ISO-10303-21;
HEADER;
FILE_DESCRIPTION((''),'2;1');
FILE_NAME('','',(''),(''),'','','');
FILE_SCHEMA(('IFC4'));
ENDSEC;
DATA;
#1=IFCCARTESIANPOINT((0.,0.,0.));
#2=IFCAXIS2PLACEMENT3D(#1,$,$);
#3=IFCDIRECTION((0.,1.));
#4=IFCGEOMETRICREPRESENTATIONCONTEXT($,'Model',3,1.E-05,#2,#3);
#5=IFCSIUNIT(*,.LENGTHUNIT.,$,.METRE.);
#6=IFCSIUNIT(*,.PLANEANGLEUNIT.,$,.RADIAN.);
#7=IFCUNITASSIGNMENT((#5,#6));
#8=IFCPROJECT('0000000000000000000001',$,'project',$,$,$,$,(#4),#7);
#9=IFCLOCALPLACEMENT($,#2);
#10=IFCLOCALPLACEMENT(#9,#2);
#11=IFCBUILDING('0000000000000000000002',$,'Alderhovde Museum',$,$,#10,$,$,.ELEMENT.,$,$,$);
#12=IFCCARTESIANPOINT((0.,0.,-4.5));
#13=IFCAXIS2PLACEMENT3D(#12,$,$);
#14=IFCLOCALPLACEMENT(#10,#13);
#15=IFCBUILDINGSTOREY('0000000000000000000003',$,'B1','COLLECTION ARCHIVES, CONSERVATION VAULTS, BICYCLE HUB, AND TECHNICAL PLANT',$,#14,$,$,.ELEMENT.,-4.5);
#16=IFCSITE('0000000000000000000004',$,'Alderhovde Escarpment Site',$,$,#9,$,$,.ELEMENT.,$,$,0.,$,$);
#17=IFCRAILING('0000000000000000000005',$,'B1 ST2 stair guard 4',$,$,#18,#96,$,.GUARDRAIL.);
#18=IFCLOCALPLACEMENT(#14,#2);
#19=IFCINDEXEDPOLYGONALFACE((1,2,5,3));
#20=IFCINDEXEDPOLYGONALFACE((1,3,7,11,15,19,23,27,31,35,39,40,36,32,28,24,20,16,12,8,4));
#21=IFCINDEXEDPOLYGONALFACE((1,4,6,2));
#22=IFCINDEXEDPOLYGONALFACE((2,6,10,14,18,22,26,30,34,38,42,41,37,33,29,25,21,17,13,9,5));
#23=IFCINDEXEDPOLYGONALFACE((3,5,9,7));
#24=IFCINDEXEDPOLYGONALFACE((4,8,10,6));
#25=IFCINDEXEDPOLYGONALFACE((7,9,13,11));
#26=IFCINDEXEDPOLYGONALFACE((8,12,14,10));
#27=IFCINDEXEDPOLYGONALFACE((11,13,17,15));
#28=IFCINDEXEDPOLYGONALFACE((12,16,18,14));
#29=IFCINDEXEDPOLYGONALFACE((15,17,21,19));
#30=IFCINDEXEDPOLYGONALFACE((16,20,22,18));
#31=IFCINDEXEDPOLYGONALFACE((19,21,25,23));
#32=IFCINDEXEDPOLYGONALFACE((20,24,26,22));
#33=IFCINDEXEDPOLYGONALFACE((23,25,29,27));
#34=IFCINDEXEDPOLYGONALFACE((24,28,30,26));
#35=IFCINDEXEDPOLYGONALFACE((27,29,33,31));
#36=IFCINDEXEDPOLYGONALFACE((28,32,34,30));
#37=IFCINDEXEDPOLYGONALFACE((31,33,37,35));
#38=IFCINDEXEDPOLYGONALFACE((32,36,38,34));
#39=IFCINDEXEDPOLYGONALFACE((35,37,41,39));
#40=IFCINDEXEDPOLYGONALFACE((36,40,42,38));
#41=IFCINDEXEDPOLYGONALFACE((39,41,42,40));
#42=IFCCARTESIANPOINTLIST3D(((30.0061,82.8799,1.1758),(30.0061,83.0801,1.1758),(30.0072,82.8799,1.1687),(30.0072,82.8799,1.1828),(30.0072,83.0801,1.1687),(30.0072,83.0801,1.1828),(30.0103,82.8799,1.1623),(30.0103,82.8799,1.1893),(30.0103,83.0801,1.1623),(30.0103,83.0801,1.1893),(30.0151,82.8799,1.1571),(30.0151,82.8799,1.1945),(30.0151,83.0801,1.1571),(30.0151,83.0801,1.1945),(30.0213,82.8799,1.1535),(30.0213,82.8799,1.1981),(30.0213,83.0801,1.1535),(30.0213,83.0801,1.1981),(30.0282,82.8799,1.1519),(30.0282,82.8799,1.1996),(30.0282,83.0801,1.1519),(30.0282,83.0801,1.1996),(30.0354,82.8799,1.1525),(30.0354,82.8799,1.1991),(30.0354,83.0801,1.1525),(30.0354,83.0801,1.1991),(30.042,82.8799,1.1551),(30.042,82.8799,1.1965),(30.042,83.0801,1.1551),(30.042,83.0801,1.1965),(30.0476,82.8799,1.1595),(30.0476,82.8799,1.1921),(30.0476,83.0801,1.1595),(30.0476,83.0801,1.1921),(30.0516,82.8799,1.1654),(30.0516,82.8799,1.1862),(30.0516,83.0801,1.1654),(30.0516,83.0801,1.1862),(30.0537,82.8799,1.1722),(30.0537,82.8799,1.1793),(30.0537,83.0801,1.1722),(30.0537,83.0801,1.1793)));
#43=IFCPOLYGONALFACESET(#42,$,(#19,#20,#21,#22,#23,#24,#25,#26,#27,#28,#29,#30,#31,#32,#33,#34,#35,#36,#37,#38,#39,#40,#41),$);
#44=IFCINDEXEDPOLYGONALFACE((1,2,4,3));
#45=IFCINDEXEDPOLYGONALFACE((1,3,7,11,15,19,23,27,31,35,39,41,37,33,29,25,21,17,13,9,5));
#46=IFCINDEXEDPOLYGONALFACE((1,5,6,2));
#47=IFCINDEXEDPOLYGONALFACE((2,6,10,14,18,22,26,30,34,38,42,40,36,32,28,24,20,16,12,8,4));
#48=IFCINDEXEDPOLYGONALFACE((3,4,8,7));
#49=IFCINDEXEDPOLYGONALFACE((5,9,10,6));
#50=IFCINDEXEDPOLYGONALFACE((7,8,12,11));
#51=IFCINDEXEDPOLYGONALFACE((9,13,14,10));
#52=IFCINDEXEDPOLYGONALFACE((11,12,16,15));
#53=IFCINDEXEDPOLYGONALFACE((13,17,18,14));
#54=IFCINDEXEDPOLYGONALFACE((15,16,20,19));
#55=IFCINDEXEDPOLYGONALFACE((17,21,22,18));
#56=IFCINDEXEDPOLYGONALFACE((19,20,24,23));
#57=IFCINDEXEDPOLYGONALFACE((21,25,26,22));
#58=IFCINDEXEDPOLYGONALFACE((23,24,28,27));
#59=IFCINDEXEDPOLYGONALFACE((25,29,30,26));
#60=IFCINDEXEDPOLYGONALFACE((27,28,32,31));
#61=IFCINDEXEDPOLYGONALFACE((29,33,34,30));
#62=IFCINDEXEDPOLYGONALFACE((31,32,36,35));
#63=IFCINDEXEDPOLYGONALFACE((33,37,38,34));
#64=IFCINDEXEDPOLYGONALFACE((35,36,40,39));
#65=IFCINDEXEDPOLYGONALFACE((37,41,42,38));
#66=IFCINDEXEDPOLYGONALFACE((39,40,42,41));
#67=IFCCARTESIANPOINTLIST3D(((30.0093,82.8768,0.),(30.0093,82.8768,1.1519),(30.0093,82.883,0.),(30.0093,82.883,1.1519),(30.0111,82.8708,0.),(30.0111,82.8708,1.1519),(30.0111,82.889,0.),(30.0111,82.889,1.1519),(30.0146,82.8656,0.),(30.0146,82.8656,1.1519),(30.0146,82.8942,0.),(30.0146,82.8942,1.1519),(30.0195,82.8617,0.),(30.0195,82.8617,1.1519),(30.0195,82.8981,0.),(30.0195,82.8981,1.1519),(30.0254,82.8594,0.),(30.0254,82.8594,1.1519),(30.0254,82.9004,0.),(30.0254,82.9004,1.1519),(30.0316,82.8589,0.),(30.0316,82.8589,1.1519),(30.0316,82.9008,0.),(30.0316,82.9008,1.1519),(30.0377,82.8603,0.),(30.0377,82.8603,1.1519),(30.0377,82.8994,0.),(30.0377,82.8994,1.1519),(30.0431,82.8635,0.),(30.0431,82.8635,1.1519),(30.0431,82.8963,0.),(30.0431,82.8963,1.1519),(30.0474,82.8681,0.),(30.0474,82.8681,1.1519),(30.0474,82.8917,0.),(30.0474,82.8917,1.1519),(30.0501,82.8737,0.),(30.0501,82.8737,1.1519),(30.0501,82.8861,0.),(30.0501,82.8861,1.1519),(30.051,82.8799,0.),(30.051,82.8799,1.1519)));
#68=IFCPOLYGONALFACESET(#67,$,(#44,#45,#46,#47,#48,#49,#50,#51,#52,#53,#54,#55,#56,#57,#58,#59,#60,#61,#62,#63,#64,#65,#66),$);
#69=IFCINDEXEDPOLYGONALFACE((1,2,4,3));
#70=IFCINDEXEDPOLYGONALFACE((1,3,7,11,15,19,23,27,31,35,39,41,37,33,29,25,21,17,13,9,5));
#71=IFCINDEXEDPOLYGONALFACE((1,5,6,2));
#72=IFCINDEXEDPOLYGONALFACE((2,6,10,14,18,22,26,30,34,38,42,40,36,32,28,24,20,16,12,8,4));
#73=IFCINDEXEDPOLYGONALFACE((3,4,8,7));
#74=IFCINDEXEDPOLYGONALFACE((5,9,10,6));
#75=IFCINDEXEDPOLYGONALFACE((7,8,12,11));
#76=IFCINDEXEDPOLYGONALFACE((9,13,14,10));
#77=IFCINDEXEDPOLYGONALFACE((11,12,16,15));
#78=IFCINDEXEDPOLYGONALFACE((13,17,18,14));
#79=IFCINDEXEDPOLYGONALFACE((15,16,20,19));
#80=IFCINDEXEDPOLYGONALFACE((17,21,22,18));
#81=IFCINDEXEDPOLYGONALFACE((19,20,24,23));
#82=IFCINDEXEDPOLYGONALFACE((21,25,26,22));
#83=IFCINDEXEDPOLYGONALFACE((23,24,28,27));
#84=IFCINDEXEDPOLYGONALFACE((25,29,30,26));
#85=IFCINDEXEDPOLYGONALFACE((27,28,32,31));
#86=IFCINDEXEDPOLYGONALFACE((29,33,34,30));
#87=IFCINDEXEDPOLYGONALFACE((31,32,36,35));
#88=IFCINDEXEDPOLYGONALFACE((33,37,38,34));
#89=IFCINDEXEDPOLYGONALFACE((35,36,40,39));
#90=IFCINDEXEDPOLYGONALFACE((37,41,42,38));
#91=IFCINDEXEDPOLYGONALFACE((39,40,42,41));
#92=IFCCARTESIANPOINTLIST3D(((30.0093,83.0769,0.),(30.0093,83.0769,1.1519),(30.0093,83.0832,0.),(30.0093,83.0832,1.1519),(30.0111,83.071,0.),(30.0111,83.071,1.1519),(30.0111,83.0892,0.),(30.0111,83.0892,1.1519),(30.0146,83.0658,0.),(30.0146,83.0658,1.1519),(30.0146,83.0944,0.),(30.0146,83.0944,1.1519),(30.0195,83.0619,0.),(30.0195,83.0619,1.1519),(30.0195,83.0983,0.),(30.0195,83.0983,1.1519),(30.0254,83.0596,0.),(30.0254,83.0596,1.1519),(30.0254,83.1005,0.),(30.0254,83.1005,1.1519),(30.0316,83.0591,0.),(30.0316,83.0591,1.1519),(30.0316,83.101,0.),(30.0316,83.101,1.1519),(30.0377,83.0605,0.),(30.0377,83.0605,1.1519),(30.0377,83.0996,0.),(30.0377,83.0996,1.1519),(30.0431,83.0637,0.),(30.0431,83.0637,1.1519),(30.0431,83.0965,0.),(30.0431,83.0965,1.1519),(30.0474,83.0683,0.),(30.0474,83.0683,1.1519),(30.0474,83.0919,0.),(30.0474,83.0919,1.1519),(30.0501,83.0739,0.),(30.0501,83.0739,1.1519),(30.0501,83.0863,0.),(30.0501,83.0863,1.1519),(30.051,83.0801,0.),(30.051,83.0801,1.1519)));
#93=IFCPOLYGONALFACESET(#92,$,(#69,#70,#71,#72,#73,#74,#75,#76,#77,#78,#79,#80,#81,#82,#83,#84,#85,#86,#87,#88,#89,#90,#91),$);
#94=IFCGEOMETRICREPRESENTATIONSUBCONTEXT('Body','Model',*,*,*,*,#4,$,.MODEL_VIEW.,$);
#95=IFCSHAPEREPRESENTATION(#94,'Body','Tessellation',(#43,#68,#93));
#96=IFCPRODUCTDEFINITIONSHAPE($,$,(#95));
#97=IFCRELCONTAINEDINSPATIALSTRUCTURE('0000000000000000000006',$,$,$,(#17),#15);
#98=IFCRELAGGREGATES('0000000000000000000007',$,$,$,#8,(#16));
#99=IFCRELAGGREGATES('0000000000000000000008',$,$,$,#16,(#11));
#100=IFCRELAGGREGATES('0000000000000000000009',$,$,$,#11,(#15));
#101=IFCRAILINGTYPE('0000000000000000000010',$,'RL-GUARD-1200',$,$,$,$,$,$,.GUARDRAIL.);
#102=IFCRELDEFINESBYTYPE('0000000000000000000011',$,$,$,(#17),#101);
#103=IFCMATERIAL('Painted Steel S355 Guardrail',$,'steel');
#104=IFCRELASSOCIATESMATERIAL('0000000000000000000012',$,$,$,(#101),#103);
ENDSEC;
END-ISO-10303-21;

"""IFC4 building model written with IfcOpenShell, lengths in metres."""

from ifc_helpers import new_model, si_unit, direction, frame, origin, origin_2d, place, context, subcontext, project, spatial, circle, extrude, material, type_object, element, save


model = new_model("IFC4")

# Units and contexts
model_context = context("Model", 3, precision=1e-05, world=origin(), true_north=direction((0.0, 1.0)))
body_context = subcontext(model_context, "Body", "Model", "MODEL_VIEW")
ifc_project = project(units=[si_unit("LENGTHUNIT", "METRE"), si_unit("PLANEANGLEUNIT", "RADIAN")], contexts=[model_context])

# Site, building, storey
site_placement = place(None, origin())
site = spatial("IfcSite", under=ifc_project, at=site_placement, Name="Alderhovde Escarpment Site", CompositionType="ELEMENT", RefElevation=0.0)
building_placement = place(site_placement, origin())
building = spatial("IfcBuilding", under=site, at=building_placement, Name="Alderhovde Museum", CompositionType="ELEMENT")
storey_placement = place(building_placement, frame((0.0, 0.0, -4.5)))
storey = spatial("IfcBuildingStorey", under=building, at=storey_placement, Name="B1", Description="COLLECTION ARCHIVES, CONSERVATION VAULTS, BICYCLE HUB, AND TECHNICAL PLANT", CompositionType="ELEMENT", Elevation=-4.5)

# Railing
ifc_material_1 = material(Name="Painted Steel S355 Guardrail", Category="steel")
railing_type_1 = type_object("IfcRailingType", Name="RL-GUARD-1200", PredefinedType="GUARDRAIL", material=ifc_material_1)
railing_1_placement = place(storey_placement, frame((30.03, 82.8799, 0.0)))
element("IfcRailing", 1, at=railing_1_placement, inside=storey, type_object=railing_type_1, Name="B1 ST2 stair guard 4", PredefinedType="GUARDRAIL", context=body_context, shape_type="SweptSolid", body=[
    extrude(circle(Radius=0.0239, at=origin_2d()), frame((0.0, 0.0, 1.1758), z_axis=(0.0, 1.0, 0.0), x_axis=(-1.0, 0.0, 0.0)), (0.0, 0.0, 1.0), 0.2002),
    extrude(circle(Radius=0.021, at=origin_2d()), origin(), (0.0, 0.0, 1.0), 1.1519),
    extrude(circle(Radius=0.021, at=origin_2d()), frame((0.0, 0.2002, 0.0)), (0.0, 0.0, 1.0), 1.1519),
])

save(model, "model.ifc")
